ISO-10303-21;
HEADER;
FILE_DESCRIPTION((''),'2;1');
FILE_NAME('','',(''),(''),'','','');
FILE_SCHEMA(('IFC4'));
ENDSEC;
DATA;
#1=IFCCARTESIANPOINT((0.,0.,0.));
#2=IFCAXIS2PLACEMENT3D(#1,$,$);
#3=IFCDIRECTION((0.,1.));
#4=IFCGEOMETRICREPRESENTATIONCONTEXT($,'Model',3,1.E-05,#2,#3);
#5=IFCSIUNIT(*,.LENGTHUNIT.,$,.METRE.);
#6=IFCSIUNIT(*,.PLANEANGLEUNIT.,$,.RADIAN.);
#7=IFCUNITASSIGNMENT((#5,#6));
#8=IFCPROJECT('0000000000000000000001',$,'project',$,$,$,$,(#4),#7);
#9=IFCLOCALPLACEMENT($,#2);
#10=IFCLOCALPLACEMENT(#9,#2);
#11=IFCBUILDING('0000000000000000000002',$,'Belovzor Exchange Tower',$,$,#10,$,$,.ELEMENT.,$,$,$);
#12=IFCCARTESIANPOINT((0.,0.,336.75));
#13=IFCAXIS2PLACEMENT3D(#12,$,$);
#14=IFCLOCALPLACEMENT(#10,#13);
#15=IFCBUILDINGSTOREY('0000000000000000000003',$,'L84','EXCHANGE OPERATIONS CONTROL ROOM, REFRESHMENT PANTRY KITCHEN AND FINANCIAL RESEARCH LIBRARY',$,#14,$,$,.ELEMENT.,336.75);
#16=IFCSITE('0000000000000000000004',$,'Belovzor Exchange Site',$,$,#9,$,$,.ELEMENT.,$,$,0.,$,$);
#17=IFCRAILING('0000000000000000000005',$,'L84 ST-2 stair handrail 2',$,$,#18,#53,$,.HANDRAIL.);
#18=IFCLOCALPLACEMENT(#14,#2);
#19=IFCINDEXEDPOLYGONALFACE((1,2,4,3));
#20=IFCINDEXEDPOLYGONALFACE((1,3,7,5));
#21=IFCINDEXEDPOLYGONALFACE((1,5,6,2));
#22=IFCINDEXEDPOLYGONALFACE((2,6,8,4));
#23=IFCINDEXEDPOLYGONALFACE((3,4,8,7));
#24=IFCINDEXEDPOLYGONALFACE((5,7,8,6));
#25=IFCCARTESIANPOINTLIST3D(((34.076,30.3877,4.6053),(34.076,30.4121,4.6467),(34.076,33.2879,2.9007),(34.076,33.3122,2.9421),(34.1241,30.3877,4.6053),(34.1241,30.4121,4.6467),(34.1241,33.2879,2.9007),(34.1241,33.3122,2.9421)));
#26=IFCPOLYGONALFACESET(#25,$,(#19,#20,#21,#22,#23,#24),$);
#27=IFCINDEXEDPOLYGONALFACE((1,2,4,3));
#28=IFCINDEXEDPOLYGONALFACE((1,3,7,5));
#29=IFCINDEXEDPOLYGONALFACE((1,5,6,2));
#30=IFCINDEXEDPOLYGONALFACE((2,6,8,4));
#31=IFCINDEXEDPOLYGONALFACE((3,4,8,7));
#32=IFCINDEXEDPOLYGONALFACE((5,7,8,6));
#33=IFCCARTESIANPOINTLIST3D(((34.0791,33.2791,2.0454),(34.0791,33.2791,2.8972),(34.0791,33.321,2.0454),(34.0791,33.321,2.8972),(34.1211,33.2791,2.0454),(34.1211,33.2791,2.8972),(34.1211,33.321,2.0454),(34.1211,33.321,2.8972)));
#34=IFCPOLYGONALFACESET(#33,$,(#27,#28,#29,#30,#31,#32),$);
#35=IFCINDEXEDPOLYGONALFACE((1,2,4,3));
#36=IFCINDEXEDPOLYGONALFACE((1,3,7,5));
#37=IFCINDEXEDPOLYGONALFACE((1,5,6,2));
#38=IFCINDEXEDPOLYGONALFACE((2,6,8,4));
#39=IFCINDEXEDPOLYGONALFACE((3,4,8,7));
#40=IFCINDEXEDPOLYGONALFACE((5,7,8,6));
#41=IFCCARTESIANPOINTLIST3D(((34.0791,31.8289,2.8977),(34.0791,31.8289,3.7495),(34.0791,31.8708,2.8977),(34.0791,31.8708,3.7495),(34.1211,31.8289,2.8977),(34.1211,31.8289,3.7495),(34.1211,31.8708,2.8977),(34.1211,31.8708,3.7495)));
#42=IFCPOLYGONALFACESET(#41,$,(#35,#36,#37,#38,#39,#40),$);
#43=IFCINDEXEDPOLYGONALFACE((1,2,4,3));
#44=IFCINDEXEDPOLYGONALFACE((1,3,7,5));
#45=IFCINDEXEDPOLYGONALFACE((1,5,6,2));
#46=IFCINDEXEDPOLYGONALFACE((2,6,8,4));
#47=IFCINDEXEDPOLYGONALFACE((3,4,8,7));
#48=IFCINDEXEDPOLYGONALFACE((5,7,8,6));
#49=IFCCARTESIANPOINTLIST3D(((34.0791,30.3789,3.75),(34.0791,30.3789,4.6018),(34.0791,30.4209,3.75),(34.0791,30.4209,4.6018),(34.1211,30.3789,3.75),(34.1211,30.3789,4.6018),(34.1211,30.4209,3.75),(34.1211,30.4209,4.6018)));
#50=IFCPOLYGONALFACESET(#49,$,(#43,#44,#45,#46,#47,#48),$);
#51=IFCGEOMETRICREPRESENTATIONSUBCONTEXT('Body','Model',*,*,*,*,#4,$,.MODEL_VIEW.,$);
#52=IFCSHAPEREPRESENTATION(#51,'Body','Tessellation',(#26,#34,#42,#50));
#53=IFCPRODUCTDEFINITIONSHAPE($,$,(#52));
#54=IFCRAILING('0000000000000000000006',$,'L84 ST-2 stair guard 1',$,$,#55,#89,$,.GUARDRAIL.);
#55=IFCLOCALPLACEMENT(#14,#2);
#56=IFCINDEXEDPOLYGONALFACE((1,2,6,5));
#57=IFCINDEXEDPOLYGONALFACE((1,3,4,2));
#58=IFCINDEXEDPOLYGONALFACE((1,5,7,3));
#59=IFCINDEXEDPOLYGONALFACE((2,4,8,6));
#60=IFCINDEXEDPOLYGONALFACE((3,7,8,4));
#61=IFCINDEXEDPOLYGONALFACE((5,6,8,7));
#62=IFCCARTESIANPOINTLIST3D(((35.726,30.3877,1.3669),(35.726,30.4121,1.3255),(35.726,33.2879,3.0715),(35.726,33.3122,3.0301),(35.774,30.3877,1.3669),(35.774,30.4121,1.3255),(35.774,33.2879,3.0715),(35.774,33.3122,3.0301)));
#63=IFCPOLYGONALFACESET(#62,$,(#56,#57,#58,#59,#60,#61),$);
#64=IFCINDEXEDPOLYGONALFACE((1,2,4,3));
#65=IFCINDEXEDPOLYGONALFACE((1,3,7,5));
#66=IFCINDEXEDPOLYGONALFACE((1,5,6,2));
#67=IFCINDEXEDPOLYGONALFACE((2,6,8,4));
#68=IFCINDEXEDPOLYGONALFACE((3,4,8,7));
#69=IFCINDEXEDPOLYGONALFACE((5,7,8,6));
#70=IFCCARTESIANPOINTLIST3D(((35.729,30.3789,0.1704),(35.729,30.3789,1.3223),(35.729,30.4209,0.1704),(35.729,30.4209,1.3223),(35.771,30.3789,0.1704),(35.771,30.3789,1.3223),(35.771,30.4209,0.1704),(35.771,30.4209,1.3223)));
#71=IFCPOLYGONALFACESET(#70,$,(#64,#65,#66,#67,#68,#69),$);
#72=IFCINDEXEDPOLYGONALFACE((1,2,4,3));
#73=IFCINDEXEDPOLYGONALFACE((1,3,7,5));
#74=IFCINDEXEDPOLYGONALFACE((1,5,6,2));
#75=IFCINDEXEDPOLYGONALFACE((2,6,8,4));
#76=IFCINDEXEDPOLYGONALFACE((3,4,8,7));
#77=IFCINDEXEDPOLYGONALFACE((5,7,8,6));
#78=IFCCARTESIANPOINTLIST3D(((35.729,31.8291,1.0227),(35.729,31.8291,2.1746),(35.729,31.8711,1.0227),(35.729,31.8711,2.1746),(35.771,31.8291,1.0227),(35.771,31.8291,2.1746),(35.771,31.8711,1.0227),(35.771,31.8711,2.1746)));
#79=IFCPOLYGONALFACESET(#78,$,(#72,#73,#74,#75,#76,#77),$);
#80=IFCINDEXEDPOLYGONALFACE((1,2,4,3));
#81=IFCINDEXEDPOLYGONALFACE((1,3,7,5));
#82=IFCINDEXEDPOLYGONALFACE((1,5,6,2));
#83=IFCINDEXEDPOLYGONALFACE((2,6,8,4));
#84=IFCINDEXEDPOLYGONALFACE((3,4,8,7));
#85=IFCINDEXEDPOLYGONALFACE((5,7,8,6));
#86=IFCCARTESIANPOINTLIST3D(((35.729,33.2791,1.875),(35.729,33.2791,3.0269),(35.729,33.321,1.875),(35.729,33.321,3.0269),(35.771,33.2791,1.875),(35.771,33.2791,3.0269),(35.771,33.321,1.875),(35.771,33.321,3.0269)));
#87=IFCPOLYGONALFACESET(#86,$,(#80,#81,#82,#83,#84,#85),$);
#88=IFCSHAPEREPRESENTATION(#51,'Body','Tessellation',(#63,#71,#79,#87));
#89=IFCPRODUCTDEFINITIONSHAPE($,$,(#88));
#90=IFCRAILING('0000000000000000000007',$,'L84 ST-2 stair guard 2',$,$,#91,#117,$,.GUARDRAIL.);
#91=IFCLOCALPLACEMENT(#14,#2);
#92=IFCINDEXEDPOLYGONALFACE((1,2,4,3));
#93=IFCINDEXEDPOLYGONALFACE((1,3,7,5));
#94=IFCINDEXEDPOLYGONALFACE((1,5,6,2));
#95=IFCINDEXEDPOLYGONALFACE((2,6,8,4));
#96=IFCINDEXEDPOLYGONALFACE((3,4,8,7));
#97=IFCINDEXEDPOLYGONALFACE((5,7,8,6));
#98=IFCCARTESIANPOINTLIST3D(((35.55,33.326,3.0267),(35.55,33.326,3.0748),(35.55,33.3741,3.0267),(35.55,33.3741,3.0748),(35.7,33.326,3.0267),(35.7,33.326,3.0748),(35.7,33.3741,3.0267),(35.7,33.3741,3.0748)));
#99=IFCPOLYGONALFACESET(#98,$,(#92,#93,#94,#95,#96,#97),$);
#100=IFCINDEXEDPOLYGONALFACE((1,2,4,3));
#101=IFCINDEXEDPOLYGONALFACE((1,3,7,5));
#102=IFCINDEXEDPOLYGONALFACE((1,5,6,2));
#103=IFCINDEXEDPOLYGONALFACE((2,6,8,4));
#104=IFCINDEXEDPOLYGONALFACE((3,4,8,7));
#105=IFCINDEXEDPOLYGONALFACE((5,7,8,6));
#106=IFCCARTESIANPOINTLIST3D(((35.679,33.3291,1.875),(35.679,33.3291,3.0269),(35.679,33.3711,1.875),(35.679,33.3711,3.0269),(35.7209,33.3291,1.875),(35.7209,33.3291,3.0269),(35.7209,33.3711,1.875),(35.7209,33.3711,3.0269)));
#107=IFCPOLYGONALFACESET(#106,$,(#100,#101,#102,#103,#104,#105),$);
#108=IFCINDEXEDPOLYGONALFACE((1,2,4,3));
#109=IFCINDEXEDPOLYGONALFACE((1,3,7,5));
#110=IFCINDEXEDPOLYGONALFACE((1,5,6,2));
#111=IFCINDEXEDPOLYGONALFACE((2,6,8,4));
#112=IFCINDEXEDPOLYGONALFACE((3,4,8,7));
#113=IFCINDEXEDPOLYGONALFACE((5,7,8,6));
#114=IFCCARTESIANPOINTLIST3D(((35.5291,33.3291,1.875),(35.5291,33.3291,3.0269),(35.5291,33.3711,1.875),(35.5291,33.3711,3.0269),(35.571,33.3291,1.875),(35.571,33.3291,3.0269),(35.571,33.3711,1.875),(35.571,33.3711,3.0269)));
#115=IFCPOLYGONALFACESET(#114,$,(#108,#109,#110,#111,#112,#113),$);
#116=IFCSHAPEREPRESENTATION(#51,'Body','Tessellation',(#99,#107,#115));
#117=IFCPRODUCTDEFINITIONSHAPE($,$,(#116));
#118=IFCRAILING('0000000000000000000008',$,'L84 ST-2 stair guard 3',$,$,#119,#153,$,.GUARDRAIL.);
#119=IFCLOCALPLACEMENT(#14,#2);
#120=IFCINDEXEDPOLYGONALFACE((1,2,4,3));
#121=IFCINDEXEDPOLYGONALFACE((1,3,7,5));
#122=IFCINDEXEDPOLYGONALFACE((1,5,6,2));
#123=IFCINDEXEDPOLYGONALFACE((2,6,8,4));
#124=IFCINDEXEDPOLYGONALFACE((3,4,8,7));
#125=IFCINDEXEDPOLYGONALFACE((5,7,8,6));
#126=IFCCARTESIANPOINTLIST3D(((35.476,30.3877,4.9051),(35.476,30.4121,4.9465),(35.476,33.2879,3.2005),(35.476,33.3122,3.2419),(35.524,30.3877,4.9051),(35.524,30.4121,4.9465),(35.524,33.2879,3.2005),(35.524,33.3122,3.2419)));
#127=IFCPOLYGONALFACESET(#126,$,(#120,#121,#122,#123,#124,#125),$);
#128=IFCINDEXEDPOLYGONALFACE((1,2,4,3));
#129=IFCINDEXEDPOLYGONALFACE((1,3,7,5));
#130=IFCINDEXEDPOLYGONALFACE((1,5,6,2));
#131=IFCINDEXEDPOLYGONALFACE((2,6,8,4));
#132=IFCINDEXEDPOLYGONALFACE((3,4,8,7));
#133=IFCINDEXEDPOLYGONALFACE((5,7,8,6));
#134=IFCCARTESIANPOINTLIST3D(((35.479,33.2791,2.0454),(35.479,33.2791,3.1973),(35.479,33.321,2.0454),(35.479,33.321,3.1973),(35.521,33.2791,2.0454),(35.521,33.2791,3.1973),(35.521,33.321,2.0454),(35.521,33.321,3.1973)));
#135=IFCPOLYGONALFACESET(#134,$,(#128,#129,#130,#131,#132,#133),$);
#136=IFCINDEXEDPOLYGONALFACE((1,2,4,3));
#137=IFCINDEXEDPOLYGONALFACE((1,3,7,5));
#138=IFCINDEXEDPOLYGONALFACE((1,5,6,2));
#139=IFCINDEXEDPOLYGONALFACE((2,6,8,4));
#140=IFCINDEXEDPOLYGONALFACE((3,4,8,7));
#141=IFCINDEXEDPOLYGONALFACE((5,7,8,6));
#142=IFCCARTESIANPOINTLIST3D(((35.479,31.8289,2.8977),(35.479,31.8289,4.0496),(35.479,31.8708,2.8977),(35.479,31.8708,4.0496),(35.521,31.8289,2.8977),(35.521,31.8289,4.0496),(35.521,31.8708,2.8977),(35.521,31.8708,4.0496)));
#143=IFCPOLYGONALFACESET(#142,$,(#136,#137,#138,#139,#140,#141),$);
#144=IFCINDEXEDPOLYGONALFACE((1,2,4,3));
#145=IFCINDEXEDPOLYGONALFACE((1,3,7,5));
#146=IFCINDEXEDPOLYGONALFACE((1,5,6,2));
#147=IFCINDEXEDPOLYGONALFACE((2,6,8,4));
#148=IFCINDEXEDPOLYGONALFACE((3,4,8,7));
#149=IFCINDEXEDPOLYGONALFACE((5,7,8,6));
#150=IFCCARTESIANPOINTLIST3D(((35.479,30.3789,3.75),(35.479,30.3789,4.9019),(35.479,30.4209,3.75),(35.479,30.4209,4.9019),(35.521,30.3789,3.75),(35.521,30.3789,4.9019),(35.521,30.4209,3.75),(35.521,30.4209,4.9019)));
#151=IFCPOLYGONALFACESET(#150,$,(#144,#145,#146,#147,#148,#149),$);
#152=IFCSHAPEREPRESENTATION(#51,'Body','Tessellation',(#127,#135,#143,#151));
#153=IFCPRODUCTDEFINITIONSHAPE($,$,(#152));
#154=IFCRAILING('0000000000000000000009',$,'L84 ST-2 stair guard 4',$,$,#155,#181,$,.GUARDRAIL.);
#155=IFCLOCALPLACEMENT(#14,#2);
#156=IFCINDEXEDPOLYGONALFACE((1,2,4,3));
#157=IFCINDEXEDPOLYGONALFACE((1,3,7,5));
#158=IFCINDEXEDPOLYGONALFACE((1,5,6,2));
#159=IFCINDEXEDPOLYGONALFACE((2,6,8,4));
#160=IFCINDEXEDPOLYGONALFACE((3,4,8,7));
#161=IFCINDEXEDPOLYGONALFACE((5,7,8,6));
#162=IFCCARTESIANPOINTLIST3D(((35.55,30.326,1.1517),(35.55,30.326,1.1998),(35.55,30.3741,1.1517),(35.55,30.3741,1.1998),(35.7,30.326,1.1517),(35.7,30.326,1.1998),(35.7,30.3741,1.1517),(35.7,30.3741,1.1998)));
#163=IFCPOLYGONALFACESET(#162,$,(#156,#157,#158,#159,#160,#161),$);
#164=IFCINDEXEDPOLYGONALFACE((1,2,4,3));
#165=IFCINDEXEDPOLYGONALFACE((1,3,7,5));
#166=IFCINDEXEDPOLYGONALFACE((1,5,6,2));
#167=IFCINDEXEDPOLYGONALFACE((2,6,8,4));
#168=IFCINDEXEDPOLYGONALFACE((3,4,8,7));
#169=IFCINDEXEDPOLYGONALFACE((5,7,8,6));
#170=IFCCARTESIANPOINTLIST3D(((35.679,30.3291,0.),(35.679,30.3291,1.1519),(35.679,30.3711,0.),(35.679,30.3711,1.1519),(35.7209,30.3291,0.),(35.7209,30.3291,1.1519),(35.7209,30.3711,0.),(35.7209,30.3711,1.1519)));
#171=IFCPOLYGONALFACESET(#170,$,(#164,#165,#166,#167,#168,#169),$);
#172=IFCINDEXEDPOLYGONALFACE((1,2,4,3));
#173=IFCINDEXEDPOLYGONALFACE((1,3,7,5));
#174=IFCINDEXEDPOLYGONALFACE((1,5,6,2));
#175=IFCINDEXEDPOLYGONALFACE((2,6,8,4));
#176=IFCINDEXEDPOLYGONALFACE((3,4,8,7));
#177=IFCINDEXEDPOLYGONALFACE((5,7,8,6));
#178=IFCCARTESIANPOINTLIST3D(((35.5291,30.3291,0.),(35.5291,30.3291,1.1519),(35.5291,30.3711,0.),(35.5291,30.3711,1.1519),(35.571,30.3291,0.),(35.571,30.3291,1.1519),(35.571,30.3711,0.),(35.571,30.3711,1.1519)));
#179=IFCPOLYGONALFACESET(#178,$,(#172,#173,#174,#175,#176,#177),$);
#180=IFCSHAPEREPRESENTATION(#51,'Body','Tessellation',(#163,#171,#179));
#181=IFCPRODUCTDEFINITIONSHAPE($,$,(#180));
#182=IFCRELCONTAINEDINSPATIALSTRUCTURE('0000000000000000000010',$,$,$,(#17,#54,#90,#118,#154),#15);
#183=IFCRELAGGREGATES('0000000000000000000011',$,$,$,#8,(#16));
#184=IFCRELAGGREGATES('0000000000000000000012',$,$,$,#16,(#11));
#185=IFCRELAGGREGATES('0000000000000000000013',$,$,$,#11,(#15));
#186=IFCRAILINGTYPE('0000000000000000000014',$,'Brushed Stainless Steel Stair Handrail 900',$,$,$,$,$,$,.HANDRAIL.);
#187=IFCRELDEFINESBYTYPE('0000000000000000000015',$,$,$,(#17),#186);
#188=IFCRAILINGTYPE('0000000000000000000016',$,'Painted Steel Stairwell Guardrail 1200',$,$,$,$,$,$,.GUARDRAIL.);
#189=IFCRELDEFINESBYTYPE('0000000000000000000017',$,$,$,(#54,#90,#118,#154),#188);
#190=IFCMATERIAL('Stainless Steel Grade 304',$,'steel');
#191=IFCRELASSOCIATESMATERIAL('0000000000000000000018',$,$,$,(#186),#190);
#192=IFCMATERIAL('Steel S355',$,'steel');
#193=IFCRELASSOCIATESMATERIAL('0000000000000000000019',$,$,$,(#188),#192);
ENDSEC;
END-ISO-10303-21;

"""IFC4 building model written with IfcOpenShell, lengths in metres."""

from ifc_helpers import new_model, si_unit, direction, frame, origin, origin_2d, place, context, subcontext, project, spatial, rectangle, extrude, material, type_object, element, save


model = new_model("IFC4")

# Units and contexts
model_context = context("Model", 3, precision=1e-05, world=origin(), true_north=direction((0.0, 1.0)))
body_context = subcontext(model_context, "Body", "Model", "MODEL_VIEW")
ifc_project = project(units=[si_unit("LENGTHUNIT", "METRE"), si_unit("PLANEANGLEUNIT", "RADIAN")], contexts=[model_context])

# Site, building, storey
site_placement = place(None, origin())
site = spatial("IfcSite", under=ifc_project, at=site_placement, Name="Belovzor Exchange Site", CompositionType="ELEMENT", RefElevation=0.0)
building_placement = place(site_placement, origin())
building = spatial("IfcBuilding", under=site, at=building_placement, Name="Belovzor Exchange Tower", CompositionType="ELEMENT")
storey_placement = place(building_placement, frame((0.0, 0.0, 336.75)))
storey = spatial("IfcBuildingStorey", under=building, at=storey_placement, Name="L84", Description="EXCHANGE OPERATIONS CONTROL ROOM, REFRESHMENT PANTRY KITCHEN AND FINANCIAL RESEARCH LIBRARY", CompositionType="ELEMENT", Elevation=336.75)

# Railings
ifc_material_1 = material(Name="Stainless Steel Grade 304", Category="steel")
railing_type_1 = type_object("IfcRailingType", Name="Brushed Stainless Steel Stair Handrail 900", PredefinedType="HANDRAIL", material=ifc_material_1)
railing_1_placement = place(storey_placement, frame((34.1001, 33.3, 2.0454)))
element("IfcRailing", 1, at=railing_1_placement, inside=storey, type_object=railing_type_1, Name="L84 ST-2 stair handrail 2", PredefinedType="HANDRAIL", context=body_context, shape_type="SweptSolid", body=[
    extrude(rectangle(XDim=0.0481, YDim=0.0481, at=origin_2d()), frame((0.0, 0.0, 0.876), z_axis=(0.0, -0.862113, 0.506716), x_axis=(1.0, 0.0, 0.0)), (0.0, 0.0, 1.0), 3.364),
    extrude(rectangle(XDim=0.042, YDim=0.042, at=origin_2d()), origin(), (0.0, 0.0, 1.0), 0.8518),
    extrude(rectangle(XDim=0.042, YDim=0.042, at=origin_2d()), frame((0.0, -1.4502, 0.8523)), (0.0, 0.0, 1.0), 0.8518),
    extrude(rectangle(XDim=0.042, YDim=0.042, at=origin_2d()), frame((0.0, -2.9001, 1.7046)), (0.0, 0.0, 1.0), 0.8518),
])
ifc_material_2 = material(Name="Steel S355", Category="steel")
railing_type_2 = type_object("IfcRailingType", Name="Painted Steel Stairwell Guardrail 1200", PredefinedType="GUARDRAIL", material=ifc_material_2)
railing_2_placement = place(storey_placement, frame((35.75, 30.3999, 0.1704)))
element("IfcRailing", 2, at=railing_2_placement, inside=storey, type_object=railing_type_2, Name="L84 ST-2 stair guard 1", PredefinedType="GUARDRAIL", context=body_context, shape_type="SweptSolid", body=[
    extrude(rectangle(XDim=0.0481, YDim=0.0481, at=origin_2d()), frame((0.0, 0.0, 1.1758), z_axis=(0.0, 0.862113, 0.506716), x_axis=(-1.0, 0.0, 0.0)), (0.0, 0.0, 1.0), 3.364),
    extrude(rectangle(XDim=0.042, YDim=0.042, at=origin_2d()), origin(), (0.0, 0.0, 1.0), 1.1519),
    extrude(rectangle(XDim=0.042, YDim=0.042, at=origin_2d()), frame((0.0, 1.4502, 0.8523)), (0.0, 0.0, 1.0), 1.1519),
    extrude(rectangle(XDim=0.042, YDim=0.042, at=origin_2d()), frame((0.0, 2.9001, 1.7046)), (0.0, 0.0, 1.0), 1.1519),
])
railing_3_placement = place(storey_placement, frame((35.7, 33.3501, 1.875)))
element("IfcRailing", 3, at=railing_3_placement, inside=storey, type_object=railing_type_2, Name="L84 ST-2 stair guard 2", PredefinedType="GUARDRAIL", context=body_context, shape_type="SweptSolid", body=[
    extrude(rectangle(XDim=0.0481, YDim=0.0481, at=origin_2d()), frame((0.0, 0.0, 1.1758), z_axis=(-1.0, 0.0, 0.0), x_axis=(0.0, -1.0, 0.0)), (0.0, 0.0, 1.0), 0.1499),
    extrude(rectangle(XDim=0.042, YDim=0.042, at=origin_2d()), origin(), (0.0, 0.0, 1.0), 1.1519),
    extrude(rectangle(XDim=0.042, YDim=0.042, at=origin_2d()), frame((-0.1499, 0.0, 0.0)), (0.0, 0.0, 1.0), 1.1519),
])
railing_4_placement = place(storey_placement, frame((35.5, 33.3, 2.0454)))
element("IfcRailing", 4, at=railing_4_placement, inside=storey, type_object=railing_type_2, Name="L84 ST-2 stair guard 3", PredefinedType="GUARDRAIL", context=body_context, shape_type="SweptSolid", body=[
    extrude(rectangle(XDim=0.0481, YDim=0.0481, at=origin_2d()), frame((0.0, 0.0, 1.1758), z_axis=(0.0, -0.862113, 0.506716), x_axis=(1.0, 0.0, 0.0)), (0.0, 0.0, 1.0), 3.364),
    extrude(rectangle(XDim=0.042, YDim=0.042, at=origin_2d()), origin(), (0.0, 0.0, 1.0), 1.1519),
    extrude(rectangle(XDim=0.042, YDim=0.042, at=origin_2d()), frame((0.0, -1.4502, 0.8523)), (0.0, 0.0, 1.0), 1.1519),
    extrude(rectangle(XDim=0.042, YDim=0.042, at=origin_2d()), frame((0.0, -2.9001, 1.7046)), (0.0, 0.0, 1.0), 1.1519),
])
railing_5_placement = place(storey_placement, frame((35.7, 30.3501, 0.0)))
element("IfcRailing", 5, at=railing_5_placement, inside=storey, type_object=railing_type_2, Name="L84 ST-2 stair guard 4", PredefinedType="GUARDRAIL", context=body_context, shape_type="SweptSolid", body=[
    extrude(rectangle(XDim=0.0481, YDim=0.0481, at=origin_2d()), frame((0.0, 0.0, 1.1758), z_axis=(-1.0, 0.0, 0.0), x_axis=(0.0, -1.0, 0.0)), (0.0, 0.0, 1.0), 0.1499),
    extrude(rectangle(XDim=0.042, YDim=0.042, at=origin_2d()), origin(), (0.0, 0.0, 1.0), 1.1519),
    extrude(rectangle(XDim=0.042, YDim=0.042, at=origin_2d()), frame((-0.1499, 0.0, 0.0)), (0.0, 0.0, 1.0), 1.1519),
])

save(model, "model.ifc")
